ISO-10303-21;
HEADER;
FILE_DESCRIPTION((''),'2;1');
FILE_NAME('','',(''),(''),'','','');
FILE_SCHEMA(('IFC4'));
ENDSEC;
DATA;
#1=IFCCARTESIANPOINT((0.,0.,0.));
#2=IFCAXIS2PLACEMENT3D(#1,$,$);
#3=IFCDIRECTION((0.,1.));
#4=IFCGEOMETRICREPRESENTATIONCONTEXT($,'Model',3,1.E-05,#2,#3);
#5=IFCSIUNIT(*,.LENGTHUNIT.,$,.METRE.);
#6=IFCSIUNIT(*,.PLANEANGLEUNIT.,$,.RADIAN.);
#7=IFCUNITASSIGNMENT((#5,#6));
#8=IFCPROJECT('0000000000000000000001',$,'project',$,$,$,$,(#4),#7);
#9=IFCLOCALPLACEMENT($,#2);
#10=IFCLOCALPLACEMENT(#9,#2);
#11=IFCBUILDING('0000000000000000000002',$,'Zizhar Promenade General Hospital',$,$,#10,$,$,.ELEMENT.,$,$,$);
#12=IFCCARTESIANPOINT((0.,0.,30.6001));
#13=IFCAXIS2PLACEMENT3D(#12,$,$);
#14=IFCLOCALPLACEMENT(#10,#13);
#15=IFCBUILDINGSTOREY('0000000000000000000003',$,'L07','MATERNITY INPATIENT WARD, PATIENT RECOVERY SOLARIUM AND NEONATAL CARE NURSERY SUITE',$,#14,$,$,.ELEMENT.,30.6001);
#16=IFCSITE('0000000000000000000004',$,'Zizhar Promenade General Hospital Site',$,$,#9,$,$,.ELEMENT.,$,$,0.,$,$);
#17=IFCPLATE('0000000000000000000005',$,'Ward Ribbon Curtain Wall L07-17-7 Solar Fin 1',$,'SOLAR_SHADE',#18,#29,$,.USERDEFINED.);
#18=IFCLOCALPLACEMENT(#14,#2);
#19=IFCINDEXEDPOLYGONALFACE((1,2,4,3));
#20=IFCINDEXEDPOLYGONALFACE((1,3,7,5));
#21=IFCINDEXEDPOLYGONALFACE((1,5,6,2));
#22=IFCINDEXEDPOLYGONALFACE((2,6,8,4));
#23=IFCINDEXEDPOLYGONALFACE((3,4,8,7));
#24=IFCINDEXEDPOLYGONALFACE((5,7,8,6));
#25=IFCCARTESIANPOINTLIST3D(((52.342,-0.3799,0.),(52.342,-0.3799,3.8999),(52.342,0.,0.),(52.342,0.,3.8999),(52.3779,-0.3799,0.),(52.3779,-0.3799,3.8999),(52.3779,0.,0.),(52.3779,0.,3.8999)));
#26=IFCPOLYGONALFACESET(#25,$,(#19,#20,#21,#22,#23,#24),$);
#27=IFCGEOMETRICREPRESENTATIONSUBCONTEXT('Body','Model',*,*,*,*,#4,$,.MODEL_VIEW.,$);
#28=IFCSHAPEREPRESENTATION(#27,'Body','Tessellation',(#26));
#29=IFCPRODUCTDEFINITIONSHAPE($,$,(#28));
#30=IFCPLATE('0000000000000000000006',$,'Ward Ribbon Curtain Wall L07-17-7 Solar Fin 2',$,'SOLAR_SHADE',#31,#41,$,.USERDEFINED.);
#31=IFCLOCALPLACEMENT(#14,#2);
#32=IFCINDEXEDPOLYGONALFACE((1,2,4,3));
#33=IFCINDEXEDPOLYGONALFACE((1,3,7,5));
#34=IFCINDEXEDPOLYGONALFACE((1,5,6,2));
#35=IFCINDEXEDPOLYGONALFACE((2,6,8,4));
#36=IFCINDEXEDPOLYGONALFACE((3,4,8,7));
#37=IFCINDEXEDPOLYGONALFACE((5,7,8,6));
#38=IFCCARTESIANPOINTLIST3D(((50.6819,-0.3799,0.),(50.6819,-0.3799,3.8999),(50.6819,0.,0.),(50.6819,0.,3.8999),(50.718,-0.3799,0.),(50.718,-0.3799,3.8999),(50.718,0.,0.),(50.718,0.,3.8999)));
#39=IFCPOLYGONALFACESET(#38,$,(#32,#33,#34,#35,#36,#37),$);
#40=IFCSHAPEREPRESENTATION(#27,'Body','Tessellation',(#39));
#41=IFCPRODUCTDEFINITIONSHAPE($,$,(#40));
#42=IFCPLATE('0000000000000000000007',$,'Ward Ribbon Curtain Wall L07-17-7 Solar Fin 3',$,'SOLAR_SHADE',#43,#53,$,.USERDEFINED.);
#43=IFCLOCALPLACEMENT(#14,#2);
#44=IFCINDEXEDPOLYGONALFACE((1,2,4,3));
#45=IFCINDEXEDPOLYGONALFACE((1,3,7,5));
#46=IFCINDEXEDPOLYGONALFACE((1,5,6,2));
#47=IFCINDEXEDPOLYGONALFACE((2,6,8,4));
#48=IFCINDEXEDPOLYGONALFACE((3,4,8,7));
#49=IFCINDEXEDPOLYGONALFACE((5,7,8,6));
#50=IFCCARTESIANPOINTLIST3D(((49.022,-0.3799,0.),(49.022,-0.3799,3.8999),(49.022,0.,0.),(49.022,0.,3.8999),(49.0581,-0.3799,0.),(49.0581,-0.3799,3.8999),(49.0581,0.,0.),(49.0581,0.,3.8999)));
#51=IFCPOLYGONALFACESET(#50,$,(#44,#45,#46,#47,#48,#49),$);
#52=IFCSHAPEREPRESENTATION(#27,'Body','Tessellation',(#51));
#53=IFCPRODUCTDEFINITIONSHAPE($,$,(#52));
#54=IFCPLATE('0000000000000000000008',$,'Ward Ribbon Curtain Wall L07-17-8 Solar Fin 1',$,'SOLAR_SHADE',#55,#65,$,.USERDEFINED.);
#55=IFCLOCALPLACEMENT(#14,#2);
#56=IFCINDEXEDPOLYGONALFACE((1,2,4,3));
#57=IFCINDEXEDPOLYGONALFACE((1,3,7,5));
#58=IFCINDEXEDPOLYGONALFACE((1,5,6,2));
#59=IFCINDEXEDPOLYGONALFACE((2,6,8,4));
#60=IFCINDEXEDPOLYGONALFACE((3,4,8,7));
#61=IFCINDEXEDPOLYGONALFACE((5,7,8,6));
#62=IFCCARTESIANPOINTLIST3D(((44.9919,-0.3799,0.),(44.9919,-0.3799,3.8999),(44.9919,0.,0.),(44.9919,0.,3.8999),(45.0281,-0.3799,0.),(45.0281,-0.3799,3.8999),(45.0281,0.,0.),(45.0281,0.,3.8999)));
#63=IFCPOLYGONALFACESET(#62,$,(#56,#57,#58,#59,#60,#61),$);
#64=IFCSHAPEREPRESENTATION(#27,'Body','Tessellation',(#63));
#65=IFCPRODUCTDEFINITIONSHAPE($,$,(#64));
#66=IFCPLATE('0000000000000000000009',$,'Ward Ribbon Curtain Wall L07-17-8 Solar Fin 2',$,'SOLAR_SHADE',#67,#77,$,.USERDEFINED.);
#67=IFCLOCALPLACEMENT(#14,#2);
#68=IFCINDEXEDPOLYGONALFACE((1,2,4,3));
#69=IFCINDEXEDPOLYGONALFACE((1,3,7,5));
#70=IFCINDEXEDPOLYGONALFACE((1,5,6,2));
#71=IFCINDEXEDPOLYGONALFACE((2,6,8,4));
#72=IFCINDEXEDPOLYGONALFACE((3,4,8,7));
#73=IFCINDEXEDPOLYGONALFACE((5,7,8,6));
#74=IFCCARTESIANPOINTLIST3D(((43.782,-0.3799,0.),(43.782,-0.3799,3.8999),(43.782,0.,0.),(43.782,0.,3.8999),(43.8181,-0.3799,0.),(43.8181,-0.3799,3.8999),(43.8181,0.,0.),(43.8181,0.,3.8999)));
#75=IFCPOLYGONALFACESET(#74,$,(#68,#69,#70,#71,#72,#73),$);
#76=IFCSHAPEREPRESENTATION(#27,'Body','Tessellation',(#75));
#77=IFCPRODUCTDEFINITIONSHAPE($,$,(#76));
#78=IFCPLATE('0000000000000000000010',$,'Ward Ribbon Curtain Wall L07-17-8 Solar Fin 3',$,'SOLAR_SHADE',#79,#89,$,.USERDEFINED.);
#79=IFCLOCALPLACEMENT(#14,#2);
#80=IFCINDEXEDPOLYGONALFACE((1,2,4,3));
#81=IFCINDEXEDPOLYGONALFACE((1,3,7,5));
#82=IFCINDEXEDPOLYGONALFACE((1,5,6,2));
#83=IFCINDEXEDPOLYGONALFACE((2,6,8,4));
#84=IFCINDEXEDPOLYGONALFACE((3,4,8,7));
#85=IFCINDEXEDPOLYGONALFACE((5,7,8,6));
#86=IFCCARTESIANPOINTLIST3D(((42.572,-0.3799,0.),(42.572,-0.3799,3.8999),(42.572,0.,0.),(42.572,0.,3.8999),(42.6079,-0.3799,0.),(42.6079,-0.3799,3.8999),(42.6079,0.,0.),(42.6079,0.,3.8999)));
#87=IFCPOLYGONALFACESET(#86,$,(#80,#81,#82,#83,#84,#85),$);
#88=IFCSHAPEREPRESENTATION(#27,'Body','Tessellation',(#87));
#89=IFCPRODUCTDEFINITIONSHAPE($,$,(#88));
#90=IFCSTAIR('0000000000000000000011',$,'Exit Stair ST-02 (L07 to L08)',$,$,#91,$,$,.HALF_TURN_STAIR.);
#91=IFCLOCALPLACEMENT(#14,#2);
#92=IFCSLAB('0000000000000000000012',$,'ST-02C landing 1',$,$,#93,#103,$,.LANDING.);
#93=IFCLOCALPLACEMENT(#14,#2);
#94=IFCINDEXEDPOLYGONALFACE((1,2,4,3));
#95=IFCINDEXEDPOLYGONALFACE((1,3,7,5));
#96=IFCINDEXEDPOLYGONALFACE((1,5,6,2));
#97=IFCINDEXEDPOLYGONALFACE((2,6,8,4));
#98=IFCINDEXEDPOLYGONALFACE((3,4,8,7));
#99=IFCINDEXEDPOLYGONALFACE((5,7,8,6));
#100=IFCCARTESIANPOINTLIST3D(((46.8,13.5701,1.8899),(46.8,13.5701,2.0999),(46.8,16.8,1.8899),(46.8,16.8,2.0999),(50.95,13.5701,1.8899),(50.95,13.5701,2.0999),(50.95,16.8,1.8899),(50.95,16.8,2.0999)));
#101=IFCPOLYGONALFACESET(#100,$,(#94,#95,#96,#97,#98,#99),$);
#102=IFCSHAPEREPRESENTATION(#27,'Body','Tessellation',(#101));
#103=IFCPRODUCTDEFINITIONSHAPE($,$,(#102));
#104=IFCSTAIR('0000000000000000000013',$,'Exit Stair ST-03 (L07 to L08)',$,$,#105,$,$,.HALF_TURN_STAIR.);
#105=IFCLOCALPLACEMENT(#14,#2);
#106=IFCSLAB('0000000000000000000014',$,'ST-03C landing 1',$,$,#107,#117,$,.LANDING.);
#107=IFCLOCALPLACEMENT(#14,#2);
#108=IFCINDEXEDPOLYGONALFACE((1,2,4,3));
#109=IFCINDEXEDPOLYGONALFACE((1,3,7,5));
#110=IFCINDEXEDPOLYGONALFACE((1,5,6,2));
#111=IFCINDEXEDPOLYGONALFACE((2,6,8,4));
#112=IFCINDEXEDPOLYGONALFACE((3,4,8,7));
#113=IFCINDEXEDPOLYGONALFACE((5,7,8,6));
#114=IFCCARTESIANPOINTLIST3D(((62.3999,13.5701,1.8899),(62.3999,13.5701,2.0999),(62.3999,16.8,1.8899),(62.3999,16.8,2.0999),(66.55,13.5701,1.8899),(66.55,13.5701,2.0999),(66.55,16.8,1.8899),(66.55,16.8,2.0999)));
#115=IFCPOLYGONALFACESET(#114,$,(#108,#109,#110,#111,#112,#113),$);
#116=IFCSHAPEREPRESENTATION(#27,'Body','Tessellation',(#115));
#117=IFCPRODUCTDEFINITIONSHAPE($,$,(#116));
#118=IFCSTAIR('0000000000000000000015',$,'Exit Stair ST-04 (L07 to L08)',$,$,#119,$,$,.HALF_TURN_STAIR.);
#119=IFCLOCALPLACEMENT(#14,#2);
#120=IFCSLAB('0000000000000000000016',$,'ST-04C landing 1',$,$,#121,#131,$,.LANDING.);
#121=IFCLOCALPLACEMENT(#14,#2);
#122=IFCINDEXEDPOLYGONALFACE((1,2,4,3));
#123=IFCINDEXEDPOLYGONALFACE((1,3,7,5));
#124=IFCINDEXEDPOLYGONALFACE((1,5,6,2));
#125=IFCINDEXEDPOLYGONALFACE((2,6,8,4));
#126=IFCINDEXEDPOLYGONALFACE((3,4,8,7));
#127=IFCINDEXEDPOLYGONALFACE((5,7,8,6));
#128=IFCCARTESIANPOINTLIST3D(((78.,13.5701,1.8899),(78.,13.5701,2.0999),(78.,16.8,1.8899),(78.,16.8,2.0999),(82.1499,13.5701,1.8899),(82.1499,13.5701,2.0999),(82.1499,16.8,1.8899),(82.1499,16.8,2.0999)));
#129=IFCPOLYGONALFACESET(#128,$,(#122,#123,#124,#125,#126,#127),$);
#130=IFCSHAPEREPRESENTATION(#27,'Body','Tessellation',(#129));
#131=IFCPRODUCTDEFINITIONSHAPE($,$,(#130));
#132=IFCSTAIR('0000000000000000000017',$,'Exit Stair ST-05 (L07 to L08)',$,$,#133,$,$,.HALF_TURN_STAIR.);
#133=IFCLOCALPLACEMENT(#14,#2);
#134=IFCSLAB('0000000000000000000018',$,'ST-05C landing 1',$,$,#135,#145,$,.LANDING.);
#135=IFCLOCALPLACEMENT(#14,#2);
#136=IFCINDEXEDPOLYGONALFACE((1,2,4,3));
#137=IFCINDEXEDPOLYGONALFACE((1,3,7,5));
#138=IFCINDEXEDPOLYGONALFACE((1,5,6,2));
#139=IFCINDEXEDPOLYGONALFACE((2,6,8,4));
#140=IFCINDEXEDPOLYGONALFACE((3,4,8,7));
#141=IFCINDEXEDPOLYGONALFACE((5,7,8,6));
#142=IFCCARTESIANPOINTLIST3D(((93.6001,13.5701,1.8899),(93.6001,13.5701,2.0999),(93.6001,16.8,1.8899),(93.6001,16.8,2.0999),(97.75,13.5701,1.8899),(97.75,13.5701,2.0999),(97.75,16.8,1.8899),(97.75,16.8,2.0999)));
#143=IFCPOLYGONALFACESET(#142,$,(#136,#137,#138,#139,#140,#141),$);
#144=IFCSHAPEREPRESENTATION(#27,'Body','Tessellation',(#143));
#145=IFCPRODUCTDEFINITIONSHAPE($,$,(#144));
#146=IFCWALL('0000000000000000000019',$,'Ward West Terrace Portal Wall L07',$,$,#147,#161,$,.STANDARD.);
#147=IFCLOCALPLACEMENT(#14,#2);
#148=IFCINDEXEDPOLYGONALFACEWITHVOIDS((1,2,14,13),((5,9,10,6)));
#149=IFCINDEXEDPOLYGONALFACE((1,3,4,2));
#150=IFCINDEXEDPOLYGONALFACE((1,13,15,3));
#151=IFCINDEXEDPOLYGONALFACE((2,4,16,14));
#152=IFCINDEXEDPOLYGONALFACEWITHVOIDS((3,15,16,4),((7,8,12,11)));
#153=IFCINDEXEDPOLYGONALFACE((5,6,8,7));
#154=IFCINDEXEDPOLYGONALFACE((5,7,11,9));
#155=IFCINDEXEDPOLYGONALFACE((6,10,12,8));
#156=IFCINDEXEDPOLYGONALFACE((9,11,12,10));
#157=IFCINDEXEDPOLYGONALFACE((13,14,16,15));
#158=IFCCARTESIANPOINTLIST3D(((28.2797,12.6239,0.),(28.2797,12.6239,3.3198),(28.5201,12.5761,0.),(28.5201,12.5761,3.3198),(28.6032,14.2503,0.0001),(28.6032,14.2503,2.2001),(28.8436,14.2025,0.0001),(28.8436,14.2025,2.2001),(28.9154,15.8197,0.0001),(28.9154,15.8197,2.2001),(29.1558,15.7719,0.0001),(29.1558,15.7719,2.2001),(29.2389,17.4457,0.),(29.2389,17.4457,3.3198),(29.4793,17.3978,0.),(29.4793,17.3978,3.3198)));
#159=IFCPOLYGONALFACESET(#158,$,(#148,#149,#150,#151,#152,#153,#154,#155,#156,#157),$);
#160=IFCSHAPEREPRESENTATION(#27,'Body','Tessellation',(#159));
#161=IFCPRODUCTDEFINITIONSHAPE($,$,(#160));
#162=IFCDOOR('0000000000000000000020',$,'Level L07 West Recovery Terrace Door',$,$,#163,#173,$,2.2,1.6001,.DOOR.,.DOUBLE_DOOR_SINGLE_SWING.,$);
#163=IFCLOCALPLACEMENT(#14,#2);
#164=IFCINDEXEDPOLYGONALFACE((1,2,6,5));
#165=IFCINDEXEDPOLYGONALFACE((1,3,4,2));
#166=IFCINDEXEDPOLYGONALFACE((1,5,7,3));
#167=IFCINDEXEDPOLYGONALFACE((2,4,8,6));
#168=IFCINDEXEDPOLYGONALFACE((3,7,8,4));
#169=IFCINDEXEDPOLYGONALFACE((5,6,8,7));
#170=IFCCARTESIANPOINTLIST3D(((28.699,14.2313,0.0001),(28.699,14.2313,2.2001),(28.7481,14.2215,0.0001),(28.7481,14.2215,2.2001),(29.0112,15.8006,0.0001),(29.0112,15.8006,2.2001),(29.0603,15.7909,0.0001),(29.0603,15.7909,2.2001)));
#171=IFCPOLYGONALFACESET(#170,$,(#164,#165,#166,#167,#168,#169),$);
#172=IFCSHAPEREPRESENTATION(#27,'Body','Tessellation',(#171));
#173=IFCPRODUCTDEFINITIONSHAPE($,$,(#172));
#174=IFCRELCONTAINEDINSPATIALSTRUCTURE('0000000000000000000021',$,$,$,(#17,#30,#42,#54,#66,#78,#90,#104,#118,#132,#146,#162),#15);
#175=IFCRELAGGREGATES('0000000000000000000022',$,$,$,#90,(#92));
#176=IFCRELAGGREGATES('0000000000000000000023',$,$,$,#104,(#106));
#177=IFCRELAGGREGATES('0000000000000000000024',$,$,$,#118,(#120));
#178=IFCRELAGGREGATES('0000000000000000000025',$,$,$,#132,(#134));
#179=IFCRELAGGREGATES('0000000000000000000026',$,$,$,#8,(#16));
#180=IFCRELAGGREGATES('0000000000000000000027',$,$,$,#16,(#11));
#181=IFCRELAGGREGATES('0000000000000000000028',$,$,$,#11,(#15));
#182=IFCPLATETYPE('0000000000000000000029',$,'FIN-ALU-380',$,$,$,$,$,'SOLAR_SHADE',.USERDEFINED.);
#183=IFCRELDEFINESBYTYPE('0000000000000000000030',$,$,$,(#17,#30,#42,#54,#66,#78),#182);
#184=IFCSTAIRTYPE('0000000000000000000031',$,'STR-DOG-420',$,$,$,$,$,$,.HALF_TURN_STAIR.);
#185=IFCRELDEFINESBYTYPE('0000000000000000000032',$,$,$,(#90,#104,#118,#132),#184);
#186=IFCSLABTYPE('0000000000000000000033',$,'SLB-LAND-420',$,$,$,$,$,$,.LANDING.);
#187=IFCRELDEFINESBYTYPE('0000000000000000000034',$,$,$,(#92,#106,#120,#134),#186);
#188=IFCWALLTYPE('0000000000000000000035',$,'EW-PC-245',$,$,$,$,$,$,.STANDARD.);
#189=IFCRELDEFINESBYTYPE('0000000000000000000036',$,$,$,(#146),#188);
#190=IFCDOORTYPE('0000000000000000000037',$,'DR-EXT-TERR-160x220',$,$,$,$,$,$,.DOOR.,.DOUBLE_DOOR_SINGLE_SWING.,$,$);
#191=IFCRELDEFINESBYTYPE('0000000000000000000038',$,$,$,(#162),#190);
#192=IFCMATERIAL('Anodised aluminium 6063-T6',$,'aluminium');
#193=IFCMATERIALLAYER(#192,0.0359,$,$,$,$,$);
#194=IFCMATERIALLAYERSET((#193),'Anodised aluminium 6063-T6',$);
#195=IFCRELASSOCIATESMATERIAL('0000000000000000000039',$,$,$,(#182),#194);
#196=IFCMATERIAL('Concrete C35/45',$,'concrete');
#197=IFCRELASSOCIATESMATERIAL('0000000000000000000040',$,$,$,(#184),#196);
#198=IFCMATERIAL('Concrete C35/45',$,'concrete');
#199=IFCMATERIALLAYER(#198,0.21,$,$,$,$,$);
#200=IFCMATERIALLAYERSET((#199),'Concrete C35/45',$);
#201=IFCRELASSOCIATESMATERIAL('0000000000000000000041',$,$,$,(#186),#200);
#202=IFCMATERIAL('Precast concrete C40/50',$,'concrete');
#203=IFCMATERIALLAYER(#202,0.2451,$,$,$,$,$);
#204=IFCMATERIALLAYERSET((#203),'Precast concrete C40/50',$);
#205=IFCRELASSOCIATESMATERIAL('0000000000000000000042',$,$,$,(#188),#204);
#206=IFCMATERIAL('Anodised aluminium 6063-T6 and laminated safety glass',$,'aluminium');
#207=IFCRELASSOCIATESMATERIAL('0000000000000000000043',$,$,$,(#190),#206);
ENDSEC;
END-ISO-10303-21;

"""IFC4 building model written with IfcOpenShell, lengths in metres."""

from ifc_helpers import new_model, si_unit, direction, frame, frame_2d, origin, place, context, subcontext, project, spatial, polyline, rectangle, outline, extrude, material, layer, layer_set, type_object, element, fill, aggregate, save


model = new_model("IFC4")

# Units and contexts
model_context = context("Model", 3, precision=1e-05, world=origin(), true_north=direction((0.0, 1.0)))
body_context = subcontext(model_context, "Body", "Model", "MODEL_VIEW")
ifc_project = project(units=[si_unit("LENGTHUNIT", "METRE"), si_unit("PLANEANGLEUNIT", "RADIAN")], contexts=[model_context])

# Site, building, storey
site_placement = place(None, origin())
site = spatial("IfcSite", under=ifc_project, at=site_placement, Name="Zizhar Promenade General Hospital Site", CompositionType="ELEMENT", RefElevation=0.0)
building_placement = place(site_placement, origin())
building = spatial("IfcBuilding", under=site, at=building_placement, Name="Zizhar Promenade General Hospital", CompositionType="ELEMENT")
storey_placement = place(building_placement, frame((0.0, 0.0, 30.6001)))
storey = spatial("IfcBuildingStorey", under=building, at=storey_placement, Name="L07", Description="MATERNITY INPATIENT WARD, PATIENT RECOVERY SOLARIUM AND NEONATAL CARE NURSERY SUITE", CompositionType="ELEMENT", Elevation=30.6001)

# Plates
ifc_material_1 = material(Name="Anodised aluminium 6063-T6", Category="aluminium")
ifc_layer_1 = layer(ifc_material_1, 0.0359)
ifc_layer_set_1 = layer_set([ifc_layer_1], Name="Anodised aluminium 6063-T6")
plate_type_1 = type_object("IfcPlateType", Name="FIN-ALU-380", ElementType="SOLAR_SHADE", PredefinedType="USERDEFINED", material=ifc_layer_set_1)
plate_1_placement = place(storey_placement, origin())
element("IfcPlate", 1, at=plate_1_placement, inside=storey, type_object=plate_type_1, Name="Ward Ribbon Curtain Wall L07-17-7 Solar Fin 1", ObjectType="SOLAR_SHADE", PredefinedType="USERDEFINED", context=body_context, shape_type="SweptSolid", body=[
    extrude(outline(polyline([(52.3779, 0.0), (52.342, 0.0), (52.342, -0.3799), (52.3779, -0.3799), (52.3779, 0.0)])), origin(), (0.0, 0.0, 1.0), 3.8999),
])
plate_2_placement = place(storey_placement, origin())
element("IfcPlate", 2, at=plate_2_placement, inside=storey, type_object=plate_type_1, Name="Ward Ribbon Curtain Wall L07-17-7 Solar Fin 2", ObjectType="SOLAR_SHADE", PredefinedType="USERDEFINED", context=body_context, shape_type="SweptSolid", body=[
    extrude(outline(polyline([(50.718, 0.0), (50.6819, 0.0), (50.6819, -0.3799), (50.718, -0.3799), (50.718, 0.0)])), origin(), (0.0, 0.0, 1.0), 3.8999),
])
plate_3_placement = place(storey_placement, origin())
element("IfcPlate", 3, at=plate_3_placement, inside=storey, type_object=plate_type_1, Name="Ward Ribbon Curtain Wall L07-17-7 Solar Fin 3", ObjectType="SOLAR_SHADE", PredefinedType="USERDEFINED", context=body_context, shape_type="SweptSolid", body=[
    extrude(outline(polyline([(49.0581, 0.0), (49.022, 0.0), (49.022, -0.3799), (49.0581, -0.3799), (49.0581, 0.0)])), origin(), (0.0, 0.0, 1.0), 3.8999),
])
plate_4_placement = place(storey_placement, origin())
element("IfcPlate", 4, at=plate_4_placement, inside=storey, type_object=plate_type_1, Name="Ward Ribbon Curtain Wall L07-17-8 Solar Fin 1", ObjectType="SOLAR_SHADE", PredefinedType="USERDEFINED", context=body_context, shape_type="SweptSolid", body=[
    extrude(outline(polyline([(45.0281, 0.0), (44.9919, 0.0), (44.9919, -0.3799), (45.0281, -0.3799), (45.0281, 0.0)])), origin(), (0.0, 0.0, 1.0), 3.8999),
])
plate_5_placement = place(storey_placement, origin())
element("IfcPlate", 5, at=plate_5_placement, inside=storey, type_object=plate_type_1, Name="Ward Ribbon Curtain Wall L07-17-8 Solar Fin 2", ObjectType="SOLAR_SHADE", PredefinedType="USERDEFINED", context=body_context, shape_type="SweptSolid", body=[
    extrude(outline(polyline([(43.8181, 0.0), (43.782, 0.0), (43.782, -0.3799), (43.8181, -0.3799), (43.8181, 0.0)])), origin(), (0.0, 0.0, 1.0), 3.8999),
])
plate_6_placement = place(storey_placement, origin())
element("IfcPlate", 6, at=plate_6_placement, inside=storey, type_object=plate_type_1, Name="Ward Ribbon Curtain Wall L07-17-8 Solar Fin 3", ObjectType="SOLAR_SHADE", PredefinedType="USERDEFINED", context=body_context, shape_type="SweptSolid", body=[
    extrude(outline(polyline([(42.6079, 0.0), (42.572, 0.0), (42.572, -0.3799), (42.6079, -0.3799), (42.6079, 0.0)])), origin(), (0.0, 0.0, 1.0), 3.8999),
])

# Stairs, slabs
ifc_material_2 = material(Name="Concrete C35/45", Category="concrete")
stair_type = type_object("IfcStairType", Name="STR-DOG-420", PredefinedType="HALF_TURN_STAIR", material=ifc_material_2)
stair_1_placement = place(storey_placement, origin())
stair_1 = element("IfcStair", 7, at=stair_1_placement, inside=storey, type_object=stair_type, Name="Exit Stair ST-02 (L07 to L08)", PredefinedType="HALF_TURN_STAIR")
ifc_material_3 = material(Name="Concrete C35/45", Category="concrete")
ifc_layer_2 = layer(ifc_material_3, 0.21)
ifc_layer_set_2 = layer_set([ifc_layer_2], Name="Concrete C35/45")
slab_type = type_object("IfcSlabType", Name="SLB-LAND-420", PredefinedType="LANDING", material=ifc_layer_set_2)
slab_1_placement = place(storey_placement, frame((0.0, 0.0, 1.8899)))
slab_1 = element("IfcSlab", 8, at=slab_1_placement, type_object=slab_type, Name="ST-02C landing 1", PredefinedType="LANDING", context=body_context, shape_type="SweptSolid", body=[
    extrude(outline(polyline([(46.8, 13.5701), (50.95, 13.5701), (50.95, 16.8), (46.8, 16.8), (46.8, 13.5701)])), origin(), (0.0, 0.0, 1.0), 0.21),
])
aggregate(stair_1, [slab_1])
stair_2_placement = place(storey_placement, origin())
stair_2 = element("IfcStair", 9, at=stair_2_placement, inside=storey, type_object=stair_type, Name="Exit Stair ST-03 (L07 to L08)", PredefinedType="HALF_TURN_STAIR")
slab_2_placement = place(storey_placement, frame((0.0, 0.0, 1.8899)))
slab_2 = element("IfcSlab", 10, at=slab_2_placement, type_object=slab_type, Name="ST-03C landing 1", PredefinedType="LANDING", context=body_context, shape_type="SweptSolid", body=[
    extrude(outline(polyline([(62.3999, 13.5701), (66.55, 13.5701), (66.55, 16.8), (62.3999, 16.8), (62.3999, 13.5701)])), origin(), (0.0, 0.0, 1.0), 0.21),
])
aggregate(stair_2, [slab_2])
stair_3_placement = place(storey_placement, origin())
stair_3 = element("IfcStair", 11, at=stair_3_placement, inside=storey, type_object=stair_type, Name="Exit Stair ST-04 (L07 to L08)", PredefinedType="HALF_TURN_STAIR")
slab_3_placement = place(storey_placement, frame((0.0, 0.0, 1.8899)))
slab_3 = element("IfcSlab", 12, at=slab_3_placement, type_object=slab_type, Name="ST-04C landing 1", PredefinedType="LANDING", context=body_context, shape_type="SweptSolid", body=[
    extrude(outline(polyline([(78.0, 13.5701), (82.1499, 13.5701), (82.1499, 16.8), (78.0, 16.8), (78.0, 13.5701)])), origin(), (0.0, 0.0, 1.0), 0.21),
])
aggregate(stair_3, [slab_3])
stair_4_placement = place(storey_placement, origin())
stair_4 = element("IfcStair", 13, at=stair_4_placement, inside=storey, type_object=stair_type, Name="Exit Stair ST-05 (L07 to L08)", PredefinedType="HALF_TURN_STAIR")
slab_4_placement = place(storey_placement, frame((0.0, 0.0, 1.8899)))
slab_4 = element("IfcSlab", 14, at=slab_4_placement, type_object=slab_type, Name="ST-05C landing 1", PredefinedType="LANDING", context=body_context, shape_type="SweptSolid", body=[
    extrude(outline(polyline([(93.6001, 13.5701), (97.75, 13.5701), (97.75, 16.8), (93.6001, 16.8), (93.6001, 13.5701)])), origin(), (0.0, 0.0, 1.0), 0.21),
])
aggregate(stair_4, [slab_4])

# Wall, opening, door
ifc_material_4 = material(Name="Precast concrete C40/50", Category="concrete")
ifc_layer_3 = layer(ifc_material_4, 0.2451)
ifc_layer_set_3 = layer_set([ifc_layer_3], Name="Precast concrete C40/50")
wall_type = type_object("IfcWallType", Name="EW-PC-245", PredefinedType="STANDARD", material=ifc_layer_set_3)
wall_placement = place(storey_placement, frame((28.3999, 12.6001, 0.0), z_axis=(0.0, 0.0, 1.0), x_axis=(0.195113, 0.980781, 0.0)))
wall = element("IfcWall", 15, at=wall_placement, inside=storey, type_object=wall_type, Name="Ward West Terrace Portal Wall L07", PredefinedType="STANDARD", context=body_context, shape_type="SweptSolid", body=[
    extrude(rectangle(XDim=4.9163, YDim=0.2451, at=frame_2d((2.458, 0.0))), origin(), (0.0, 0.0, 1.0), 3.3198),
])
opening_placement = place(wall_placement, frame((1.6582, 0.0, 0.0)))
opening = element("IfcOpeningElement", 16, at=opening_placement, cuts=wall, PredefinedType="OPENING", context=body_context, shape_type="SweptSolid", body=[
    extrude(rectangle(XDim=1.6001, YDim=2.2, at=frame_2d((0.8, 1.1001))), frame((0.0, 0.1326, 0.0), z_axis=(0.0, -1.0, 0.0), x_axis=(1.0, 0.0, 0.0)), (0.0, 0.0, 1.0), 0.2651),
])
ifc_material_5 = material(Name="Anodised aluminium 6063-T6 and laminated safety glass", Category="aluminium")
door_type = type_object("IfcDoorType", Name="DR-EXT-TERR-160x220", OperationType="DOUBLE_DOOR_SINGLE_SWING", PredefinedType="DOOR", material=ifc_material_5)
door_placement = place(opening_placement, origin())
door = element("IfcDoor", 17, at=door_placement, inside=storey, type_object=door_type, Name="Level L07 West Recovery Terrace Door", OperationType="DOUBLE_DOOR_SINGLE_SWING", OverallHeight=2.2, OverallWidth=1.6001, PredefinedType="DOOR", context=body_context, shape_type="SweptSolid", body=[
    extrude(rectangle(XDim=1.6001, YDim=2.2, at=frame_2d((0.8, 1.1001))), frame((0.0, 0.0249, 0.0), z_axis=(0.0, -1.0, 0.0), x_axis=(1.0, 0.0, 0.0)), (0.0, 0.0, 1.0), 0.05),
])
fill(opening, door)

save(model, "model.ifc")
